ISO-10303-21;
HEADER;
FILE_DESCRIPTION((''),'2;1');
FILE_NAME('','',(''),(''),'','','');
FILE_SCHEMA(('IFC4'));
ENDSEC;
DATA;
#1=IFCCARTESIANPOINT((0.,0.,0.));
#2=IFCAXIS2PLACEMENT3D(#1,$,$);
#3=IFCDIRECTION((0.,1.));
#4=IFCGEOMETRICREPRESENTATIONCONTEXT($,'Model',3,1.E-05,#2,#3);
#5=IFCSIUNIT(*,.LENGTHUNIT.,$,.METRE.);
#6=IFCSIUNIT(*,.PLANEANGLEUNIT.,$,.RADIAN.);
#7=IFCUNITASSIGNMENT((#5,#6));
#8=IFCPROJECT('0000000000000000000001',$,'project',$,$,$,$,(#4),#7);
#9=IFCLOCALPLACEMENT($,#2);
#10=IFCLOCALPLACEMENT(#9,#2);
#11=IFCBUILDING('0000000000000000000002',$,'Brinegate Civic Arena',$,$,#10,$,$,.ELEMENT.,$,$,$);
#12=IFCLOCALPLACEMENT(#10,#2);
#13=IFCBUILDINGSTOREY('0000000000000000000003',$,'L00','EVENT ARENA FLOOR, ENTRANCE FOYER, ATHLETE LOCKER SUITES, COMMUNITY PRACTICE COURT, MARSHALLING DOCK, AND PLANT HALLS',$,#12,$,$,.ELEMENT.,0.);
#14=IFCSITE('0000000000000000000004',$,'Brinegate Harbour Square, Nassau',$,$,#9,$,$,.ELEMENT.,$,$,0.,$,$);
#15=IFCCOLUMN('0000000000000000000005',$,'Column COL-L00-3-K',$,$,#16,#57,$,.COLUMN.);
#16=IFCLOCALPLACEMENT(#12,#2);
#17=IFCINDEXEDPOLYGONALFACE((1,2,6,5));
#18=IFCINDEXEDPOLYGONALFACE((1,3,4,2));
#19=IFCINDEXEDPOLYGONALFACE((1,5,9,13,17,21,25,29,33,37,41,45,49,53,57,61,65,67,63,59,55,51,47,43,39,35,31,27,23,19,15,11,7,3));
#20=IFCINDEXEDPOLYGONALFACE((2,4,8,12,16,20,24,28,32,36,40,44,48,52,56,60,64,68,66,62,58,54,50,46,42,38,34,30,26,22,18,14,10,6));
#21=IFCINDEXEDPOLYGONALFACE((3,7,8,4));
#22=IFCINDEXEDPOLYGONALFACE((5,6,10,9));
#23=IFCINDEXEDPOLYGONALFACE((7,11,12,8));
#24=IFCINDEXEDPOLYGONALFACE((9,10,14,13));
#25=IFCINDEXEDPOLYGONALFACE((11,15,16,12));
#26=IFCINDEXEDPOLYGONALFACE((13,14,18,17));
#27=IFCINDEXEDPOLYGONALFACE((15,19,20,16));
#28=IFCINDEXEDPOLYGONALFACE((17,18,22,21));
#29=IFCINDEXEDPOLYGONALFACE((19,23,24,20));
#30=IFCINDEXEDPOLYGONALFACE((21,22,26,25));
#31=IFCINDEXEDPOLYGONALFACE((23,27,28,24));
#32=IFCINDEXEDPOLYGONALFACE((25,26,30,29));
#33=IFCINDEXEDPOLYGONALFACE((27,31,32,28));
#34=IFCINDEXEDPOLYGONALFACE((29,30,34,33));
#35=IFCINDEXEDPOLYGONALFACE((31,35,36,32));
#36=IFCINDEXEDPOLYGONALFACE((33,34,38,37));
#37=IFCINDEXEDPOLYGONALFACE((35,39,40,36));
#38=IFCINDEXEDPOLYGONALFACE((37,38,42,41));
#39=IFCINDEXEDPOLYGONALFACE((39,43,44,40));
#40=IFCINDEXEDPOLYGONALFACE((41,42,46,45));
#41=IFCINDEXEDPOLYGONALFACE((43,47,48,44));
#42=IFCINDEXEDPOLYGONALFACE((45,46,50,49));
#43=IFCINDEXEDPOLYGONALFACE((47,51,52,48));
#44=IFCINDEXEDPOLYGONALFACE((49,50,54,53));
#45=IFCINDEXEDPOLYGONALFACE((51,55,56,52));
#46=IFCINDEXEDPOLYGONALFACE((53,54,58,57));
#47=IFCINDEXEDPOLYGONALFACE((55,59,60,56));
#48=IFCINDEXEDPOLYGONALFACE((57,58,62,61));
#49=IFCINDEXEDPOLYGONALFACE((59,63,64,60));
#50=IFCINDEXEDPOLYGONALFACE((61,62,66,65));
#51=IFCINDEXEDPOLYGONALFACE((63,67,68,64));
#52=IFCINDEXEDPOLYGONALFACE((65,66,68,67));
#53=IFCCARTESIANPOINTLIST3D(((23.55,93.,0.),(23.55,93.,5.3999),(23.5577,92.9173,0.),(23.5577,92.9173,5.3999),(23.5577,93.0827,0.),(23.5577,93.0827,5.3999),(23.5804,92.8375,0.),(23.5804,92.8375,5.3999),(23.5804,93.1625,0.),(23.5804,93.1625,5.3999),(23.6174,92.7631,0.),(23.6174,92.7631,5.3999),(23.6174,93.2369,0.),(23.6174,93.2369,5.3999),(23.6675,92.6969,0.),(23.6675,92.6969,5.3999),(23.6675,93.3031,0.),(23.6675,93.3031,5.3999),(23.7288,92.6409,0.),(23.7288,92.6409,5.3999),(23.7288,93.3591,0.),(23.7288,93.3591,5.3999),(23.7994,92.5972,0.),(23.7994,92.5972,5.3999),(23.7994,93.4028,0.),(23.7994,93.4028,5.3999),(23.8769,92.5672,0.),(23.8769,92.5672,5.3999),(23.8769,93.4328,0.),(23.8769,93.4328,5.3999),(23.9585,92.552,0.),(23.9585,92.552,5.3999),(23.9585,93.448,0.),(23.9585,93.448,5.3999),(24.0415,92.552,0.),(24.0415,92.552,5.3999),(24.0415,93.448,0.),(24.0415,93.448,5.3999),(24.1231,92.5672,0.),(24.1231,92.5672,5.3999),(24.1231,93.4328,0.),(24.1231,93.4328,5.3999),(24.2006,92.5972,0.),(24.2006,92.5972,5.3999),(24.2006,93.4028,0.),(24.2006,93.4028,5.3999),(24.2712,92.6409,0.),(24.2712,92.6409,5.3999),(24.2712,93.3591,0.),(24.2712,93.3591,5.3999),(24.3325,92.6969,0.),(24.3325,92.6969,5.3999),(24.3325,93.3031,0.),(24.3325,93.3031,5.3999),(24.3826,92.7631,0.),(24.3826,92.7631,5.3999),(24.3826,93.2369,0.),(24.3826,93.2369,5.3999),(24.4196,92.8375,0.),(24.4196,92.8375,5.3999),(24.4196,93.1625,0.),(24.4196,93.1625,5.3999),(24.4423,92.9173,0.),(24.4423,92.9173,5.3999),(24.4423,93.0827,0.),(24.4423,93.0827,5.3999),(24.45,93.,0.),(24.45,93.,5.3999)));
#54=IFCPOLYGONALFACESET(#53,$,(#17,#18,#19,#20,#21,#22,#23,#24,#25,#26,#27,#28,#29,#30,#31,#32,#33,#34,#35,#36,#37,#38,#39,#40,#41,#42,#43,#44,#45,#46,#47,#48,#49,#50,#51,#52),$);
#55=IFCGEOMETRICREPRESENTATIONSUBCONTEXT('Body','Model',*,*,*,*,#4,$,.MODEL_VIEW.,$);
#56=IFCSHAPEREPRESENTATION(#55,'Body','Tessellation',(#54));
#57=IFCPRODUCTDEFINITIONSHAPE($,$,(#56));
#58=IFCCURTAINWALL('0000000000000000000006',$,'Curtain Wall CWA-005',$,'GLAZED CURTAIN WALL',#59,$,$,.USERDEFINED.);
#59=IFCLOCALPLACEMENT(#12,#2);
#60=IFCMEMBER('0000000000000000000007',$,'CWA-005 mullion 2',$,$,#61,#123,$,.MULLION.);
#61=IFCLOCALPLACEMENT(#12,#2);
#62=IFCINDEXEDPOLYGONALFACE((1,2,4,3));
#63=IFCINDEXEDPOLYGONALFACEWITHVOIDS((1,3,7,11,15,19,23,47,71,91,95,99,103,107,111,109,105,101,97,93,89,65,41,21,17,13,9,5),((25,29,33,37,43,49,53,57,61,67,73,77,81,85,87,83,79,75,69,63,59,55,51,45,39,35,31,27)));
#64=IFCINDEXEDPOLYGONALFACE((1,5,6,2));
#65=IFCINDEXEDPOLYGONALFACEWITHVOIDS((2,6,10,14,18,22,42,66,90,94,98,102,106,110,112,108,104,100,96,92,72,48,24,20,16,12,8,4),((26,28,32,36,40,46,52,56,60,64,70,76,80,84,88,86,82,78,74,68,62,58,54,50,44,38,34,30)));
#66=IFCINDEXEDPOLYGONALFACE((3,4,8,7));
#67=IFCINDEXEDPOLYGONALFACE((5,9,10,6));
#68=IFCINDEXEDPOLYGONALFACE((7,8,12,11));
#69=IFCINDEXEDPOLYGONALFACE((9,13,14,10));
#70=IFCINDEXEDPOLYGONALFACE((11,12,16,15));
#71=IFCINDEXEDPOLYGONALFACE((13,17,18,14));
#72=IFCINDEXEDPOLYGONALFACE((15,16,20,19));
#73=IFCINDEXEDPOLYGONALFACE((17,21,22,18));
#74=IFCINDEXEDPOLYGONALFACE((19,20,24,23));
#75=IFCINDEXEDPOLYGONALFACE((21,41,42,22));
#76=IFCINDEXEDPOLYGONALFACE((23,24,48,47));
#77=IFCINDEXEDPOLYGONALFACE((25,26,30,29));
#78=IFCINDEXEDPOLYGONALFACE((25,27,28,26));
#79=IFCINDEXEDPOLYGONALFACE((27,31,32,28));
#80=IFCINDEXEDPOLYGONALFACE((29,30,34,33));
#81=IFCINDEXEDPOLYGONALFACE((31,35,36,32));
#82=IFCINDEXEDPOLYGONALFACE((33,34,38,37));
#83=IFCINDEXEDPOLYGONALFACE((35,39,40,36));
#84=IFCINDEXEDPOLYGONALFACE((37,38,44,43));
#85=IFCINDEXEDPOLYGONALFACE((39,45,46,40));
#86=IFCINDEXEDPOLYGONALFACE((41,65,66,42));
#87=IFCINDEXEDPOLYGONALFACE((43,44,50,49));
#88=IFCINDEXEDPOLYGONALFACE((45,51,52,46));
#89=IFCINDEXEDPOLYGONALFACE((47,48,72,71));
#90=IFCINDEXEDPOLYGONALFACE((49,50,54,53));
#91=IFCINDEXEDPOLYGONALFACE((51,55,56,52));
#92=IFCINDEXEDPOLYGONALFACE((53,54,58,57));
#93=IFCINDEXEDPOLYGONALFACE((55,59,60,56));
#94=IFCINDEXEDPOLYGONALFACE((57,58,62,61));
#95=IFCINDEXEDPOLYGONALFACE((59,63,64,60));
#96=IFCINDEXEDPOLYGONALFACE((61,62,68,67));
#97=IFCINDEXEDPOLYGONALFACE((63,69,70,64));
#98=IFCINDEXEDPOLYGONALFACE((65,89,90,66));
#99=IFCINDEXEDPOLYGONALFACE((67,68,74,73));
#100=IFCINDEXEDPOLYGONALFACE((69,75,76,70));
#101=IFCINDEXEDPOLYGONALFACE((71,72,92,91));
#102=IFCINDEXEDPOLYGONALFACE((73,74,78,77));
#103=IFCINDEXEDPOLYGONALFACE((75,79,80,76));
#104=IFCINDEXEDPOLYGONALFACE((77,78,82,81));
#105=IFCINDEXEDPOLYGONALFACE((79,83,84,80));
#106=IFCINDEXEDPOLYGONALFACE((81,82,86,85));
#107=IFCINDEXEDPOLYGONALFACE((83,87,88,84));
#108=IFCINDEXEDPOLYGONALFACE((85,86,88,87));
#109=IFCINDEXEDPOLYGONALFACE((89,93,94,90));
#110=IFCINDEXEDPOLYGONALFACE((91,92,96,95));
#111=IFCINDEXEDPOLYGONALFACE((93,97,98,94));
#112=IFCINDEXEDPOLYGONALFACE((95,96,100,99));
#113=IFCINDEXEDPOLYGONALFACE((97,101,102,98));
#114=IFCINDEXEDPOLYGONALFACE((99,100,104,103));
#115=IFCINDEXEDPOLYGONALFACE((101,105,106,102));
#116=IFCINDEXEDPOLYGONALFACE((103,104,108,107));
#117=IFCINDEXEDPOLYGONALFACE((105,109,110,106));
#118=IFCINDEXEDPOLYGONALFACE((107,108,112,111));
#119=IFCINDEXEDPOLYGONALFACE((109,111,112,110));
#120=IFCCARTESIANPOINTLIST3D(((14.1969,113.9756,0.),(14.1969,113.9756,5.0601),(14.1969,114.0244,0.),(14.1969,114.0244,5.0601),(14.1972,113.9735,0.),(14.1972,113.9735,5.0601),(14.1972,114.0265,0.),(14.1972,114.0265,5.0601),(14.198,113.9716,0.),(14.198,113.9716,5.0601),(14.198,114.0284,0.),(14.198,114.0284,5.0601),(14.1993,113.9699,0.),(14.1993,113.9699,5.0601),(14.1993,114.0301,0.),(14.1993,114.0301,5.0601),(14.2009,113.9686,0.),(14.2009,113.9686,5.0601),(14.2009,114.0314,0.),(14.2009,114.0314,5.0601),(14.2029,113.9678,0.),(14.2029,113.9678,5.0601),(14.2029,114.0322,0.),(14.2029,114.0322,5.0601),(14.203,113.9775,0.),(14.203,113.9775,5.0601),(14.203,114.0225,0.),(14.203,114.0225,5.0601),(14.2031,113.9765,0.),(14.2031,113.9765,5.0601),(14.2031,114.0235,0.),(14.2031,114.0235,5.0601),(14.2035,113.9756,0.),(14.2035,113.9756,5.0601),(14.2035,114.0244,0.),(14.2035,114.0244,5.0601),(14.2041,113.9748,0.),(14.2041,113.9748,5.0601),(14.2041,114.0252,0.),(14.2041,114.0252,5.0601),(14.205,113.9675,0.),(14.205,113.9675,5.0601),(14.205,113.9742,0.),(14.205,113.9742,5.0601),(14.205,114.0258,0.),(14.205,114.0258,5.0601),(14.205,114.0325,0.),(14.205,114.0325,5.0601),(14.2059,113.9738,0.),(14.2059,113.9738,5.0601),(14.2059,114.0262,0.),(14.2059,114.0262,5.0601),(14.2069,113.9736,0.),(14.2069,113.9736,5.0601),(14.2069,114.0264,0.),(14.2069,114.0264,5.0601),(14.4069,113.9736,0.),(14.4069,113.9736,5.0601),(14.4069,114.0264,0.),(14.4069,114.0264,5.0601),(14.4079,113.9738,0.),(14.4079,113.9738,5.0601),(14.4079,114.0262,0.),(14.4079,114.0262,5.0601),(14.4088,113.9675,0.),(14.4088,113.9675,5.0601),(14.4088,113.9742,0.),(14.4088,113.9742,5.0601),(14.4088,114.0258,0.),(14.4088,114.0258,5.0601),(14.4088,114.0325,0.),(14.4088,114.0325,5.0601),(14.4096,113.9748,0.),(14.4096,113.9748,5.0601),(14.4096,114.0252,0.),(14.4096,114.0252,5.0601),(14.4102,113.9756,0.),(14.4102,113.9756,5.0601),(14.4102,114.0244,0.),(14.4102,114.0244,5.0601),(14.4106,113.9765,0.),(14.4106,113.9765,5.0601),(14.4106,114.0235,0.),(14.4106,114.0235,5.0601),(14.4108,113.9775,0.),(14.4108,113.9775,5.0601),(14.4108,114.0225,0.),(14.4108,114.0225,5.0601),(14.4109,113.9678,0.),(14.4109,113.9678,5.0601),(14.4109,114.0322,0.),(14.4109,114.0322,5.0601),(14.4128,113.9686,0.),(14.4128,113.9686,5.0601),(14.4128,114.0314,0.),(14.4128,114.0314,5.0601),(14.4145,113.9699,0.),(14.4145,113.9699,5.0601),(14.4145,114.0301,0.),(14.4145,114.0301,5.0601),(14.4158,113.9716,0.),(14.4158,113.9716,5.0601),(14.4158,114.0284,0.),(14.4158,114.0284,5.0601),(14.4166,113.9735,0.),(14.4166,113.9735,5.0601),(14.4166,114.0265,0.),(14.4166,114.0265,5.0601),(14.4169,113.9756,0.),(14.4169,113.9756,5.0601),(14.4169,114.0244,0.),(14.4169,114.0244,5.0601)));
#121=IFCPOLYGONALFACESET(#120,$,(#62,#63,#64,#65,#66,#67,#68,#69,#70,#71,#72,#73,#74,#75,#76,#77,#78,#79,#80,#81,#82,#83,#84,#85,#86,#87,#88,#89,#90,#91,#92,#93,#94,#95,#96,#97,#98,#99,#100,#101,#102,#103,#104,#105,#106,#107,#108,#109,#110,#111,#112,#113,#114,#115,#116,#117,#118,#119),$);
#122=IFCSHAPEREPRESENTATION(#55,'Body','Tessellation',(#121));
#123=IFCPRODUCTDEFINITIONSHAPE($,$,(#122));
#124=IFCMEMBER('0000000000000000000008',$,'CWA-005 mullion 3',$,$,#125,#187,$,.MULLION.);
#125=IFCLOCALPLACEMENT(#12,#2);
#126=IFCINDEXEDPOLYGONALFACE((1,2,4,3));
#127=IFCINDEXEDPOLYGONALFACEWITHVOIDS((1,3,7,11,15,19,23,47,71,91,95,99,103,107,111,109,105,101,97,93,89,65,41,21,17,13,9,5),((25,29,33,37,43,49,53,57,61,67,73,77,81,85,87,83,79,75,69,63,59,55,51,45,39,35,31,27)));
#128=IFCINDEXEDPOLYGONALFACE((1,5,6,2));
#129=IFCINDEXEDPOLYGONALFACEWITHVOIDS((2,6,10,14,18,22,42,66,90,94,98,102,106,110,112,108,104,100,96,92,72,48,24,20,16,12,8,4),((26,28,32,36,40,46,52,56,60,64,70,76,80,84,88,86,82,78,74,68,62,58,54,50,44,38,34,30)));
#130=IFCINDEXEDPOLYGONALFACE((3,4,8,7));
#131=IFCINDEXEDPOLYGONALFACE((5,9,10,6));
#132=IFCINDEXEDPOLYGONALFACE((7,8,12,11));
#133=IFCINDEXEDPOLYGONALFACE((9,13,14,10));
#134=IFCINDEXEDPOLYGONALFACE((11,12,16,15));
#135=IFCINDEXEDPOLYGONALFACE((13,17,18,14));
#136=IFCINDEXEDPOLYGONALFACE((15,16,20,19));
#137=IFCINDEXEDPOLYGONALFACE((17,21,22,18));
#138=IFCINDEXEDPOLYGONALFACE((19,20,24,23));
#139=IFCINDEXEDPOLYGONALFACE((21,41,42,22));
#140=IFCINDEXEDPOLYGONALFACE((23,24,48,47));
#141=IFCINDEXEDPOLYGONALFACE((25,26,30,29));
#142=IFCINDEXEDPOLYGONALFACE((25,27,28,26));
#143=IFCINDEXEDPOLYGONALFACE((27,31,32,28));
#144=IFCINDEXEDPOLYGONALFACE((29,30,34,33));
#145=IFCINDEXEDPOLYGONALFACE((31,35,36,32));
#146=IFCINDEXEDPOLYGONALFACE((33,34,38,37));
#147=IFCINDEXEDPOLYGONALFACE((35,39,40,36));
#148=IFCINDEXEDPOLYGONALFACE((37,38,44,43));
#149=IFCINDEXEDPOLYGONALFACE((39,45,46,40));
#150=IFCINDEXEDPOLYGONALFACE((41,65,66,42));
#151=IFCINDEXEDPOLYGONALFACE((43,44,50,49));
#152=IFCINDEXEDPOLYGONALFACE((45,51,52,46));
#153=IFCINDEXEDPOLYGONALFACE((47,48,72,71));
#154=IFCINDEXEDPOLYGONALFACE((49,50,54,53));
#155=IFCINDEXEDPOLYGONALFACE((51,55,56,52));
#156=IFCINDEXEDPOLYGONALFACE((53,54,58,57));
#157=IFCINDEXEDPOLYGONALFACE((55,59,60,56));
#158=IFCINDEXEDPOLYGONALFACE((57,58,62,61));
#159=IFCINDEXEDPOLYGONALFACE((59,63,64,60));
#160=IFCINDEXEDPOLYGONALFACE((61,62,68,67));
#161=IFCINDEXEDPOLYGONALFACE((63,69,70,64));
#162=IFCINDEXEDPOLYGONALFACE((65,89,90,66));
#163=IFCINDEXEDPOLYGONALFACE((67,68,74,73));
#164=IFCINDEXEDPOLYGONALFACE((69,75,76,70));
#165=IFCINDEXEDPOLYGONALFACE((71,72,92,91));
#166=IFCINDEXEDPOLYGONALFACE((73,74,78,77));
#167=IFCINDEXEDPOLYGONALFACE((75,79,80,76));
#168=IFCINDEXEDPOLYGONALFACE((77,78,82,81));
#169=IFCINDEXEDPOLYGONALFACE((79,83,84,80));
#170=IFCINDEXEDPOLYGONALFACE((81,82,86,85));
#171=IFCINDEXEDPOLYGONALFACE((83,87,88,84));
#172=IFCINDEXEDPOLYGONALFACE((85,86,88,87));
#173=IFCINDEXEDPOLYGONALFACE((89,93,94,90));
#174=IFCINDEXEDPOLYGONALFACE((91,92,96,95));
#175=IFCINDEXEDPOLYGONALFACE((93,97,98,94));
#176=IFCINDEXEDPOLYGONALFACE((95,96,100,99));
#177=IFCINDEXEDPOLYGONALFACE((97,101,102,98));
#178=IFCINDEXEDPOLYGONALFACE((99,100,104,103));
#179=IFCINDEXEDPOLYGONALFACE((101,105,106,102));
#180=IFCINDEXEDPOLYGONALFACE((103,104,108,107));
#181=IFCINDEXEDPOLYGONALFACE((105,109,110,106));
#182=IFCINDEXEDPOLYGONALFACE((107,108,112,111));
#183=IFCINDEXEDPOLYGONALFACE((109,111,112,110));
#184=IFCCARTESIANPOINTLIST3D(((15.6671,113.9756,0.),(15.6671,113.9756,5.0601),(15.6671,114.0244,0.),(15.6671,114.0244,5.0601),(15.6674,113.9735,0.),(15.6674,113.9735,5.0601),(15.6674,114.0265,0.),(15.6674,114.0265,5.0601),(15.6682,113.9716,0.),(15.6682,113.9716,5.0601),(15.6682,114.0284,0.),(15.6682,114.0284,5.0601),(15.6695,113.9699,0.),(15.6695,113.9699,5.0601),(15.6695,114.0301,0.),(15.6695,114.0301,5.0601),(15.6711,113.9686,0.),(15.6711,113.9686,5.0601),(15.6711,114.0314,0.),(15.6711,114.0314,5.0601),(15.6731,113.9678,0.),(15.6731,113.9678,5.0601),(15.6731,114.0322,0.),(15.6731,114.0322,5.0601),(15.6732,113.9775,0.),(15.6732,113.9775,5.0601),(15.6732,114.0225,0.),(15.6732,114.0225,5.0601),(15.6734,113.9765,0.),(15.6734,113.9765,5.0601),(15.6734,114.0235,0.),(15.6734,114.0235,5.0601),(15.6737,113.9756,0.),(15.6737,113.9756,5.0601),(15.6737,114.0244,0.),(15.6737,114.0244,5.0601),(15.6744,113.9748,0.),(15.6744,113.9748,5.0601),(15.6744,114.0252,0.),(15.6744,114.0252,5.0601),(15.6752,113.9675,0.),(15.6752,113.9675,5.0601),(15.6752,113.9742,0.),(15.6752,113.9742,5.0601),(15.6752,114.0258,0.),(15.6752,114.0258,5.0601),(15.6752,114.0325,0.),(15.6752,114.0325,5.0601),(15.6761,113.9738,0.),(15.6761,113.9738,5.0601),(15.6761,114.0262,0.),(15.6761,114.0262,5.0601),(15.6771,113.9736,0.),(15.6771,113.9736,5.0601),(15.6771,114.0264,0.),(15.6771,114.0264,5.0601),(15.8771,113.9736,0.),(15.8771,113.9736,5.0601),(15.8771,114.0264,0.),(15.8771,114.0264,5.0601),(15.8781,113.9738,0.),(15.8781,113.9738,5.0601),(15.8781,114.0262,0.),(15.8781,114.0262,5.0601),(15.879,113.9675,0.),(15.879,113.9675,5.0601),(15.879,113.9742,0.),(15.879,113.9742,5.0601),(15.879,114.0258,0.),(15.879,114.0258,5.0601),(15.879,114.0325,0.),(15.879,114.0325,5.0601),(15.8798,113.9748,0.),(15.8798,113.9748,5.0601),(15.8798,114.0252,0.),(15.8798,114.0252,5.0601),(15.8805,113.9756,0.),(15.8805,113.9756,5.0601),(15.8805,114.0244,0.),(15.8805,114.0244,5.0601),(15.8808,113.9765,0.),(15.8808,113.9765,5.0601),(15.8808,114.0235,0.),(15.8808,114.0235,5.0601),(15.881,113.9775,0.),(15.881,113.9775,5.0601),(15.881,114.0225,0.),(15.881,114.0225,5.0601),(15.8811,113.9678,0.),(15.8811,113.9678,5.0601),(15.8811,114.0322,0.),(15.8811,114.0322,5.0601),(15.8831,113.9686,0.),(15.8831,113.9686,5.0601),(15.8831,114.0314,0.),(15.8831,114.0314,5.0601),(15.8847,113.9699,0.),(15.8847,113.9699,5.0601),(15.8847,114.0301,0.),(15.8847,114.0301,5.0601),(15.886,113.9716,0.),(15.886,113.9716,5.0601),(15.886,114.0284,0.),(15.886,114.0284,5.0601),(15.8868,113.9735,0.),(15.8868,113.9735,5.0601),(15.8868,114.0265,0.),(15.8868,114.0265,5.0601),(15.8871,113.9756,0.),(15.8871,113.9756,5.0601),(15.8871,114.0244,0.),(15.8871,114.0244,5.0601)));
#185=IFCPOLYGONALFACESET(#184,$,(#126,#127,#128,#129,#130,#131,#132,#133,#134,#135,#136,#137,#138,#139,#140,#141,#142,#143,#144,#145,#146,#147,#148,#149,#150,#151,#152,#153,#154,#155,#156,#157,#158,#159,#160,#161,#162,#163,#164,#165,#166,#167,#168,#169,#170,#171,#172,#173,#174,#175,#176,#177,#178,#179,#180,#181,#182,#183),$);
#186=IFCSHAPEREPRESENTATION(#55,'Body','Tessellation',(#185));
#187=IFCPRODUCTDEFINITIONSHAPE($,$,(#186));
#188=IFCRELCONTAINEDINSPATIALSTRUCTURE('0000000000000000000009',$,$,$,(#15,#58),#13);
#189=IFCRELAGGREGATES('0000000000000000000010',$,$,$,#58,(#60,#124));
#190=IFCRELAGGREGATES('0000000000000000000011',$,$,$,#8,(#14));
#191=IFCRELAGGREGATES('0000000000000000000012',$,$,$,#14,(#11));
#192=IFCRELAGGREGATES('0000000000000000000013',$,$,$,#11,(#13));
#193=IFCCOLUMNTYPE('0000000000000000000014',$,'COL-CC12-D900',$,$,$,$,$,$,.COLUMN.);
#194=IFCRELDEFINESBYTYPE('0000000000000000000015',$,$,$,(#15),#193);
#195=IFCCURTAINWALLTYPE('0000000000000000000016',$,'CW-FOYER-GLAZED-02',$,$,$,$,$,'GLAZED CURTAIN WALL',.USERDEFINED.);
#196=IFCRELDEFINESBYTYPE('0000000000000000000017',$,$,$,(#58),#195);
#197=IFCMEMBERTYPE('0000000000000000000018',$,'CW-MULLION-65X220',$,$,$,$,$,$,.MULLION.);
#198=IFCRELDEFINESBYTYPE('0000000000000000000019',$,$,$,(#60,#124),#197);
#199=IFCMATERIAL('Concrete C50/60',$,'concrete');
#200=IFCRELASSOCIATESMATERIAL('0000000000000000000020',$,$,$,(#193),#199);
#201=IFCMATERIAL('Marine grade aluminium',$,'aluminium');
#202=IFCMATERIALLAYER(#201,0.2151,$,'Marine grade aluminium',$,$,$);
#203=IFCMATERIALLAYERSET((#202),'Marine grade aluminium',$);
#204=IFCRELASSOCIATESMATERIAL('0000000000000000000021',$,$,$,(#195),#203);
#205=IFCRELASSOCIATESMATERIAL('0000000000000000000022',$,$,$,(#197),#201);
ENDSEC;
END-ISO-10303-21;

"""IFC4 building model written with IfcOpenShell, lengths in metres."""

from ifc_helpers import new_model, si_unit, direction, frame, origin, origin_2d, place, context, subcontext, project, spatial, hollow_rectangle, circle, extrude, material, layer, layer_set, material_profile, profile_set, type_object, element, aggregate, save


model = new_model("IFC4")

# Units and contexts
model_context = context("Model", 3, precision=1e-05, world=origin(), true_north=direction((0.0, 1.0)))
body_context = subcontext(model_context, "Body", "Model", "MODEL_VIEW")
ifc_project = project(units=[si_unit("LENGTHUNIT", "METRE"), si_unit("PLANEANGLEUNIT", "RADIAN")], contexts=[model_context])

# Site, building, storey
site_placement = place(None, origin())
site = spatial("IfcSite", under=ifc_project, at=site_placement, Name="Brinegate Harbour Square, Nassau", CompositionType="ELEMENT", RefElevation=0.0)
building_placement = place(site_placement, origin())
building = spatial("IfcBuilding", under=site, at=building_placement, Name="Brinegate Civic Arena", CompositionType="ELEMENT")
storey_placement = place(building_placement, origin())
storey = spatial("IfcBuildingStorey", under=building, at=storey_placement, Name="L00", Description="EVENT ARENA FLOOR, ENTRANCE FOYER, ATHLETE LOCKER SUITES, COMMUNITY PRACTICE COURT, MARSHALLING DOCK, AND PLANT HALLS", CompositionType="ELEMENT", Elevation=0.0)

# Column
ifc_material_1 = material(Name="Concrete C50/60", Category="concrete")
ifc_material_profile_1 = material_profile(ifc_material_1, circle(Radius=0.45, at=origin_2d()), Name="RCD900")
ifc_profile_set_1 = profile_set([ifc_material_profile_1], Name="Concrete C50/60")
column_type_1 = type_object("IfcColumnType", Name="COL-CC12-D900", PredefinedType="COLUMN", material=ifc_profile_set_1)
column_1_placement = place(storey_placement, frame((24.0, 93.0, 0.0), z_axis=(0.0, 0.0, 1.0), x_axis=(1.0, 0.0, 0.0)))
element("IfcColumn", 1, at=column_1_placement, inside=storey, type_object=column_type_1, Name="Column COL-L00-3-K", PredefinedType="COLUMN", context=body_context, shape_type="SweptSolid", body=[
    extrude(circle(Radius=0.45, at=origin_2d()), origin(), (0.0, 0.0, 1.0), 5.3999),
])

# Curtain wall, members
ifc_material_2 = material(Name="Marine grade aluminium", Category="aluminium")
ifc_layer_1 = layer(ifc_material_2, 0.2151, Name="Marine grade aluminium")
ifc_layer_set_1 = layer_set([ifc_layer_1], Name="Marine grade aluminium")
curtain_wall_type = type_object("IfcCurtainWallType", Name="CW-FOYER-GLAZED-02", ElementType="GLAZED CURTAIN WALL", PredefinedType="USERDEFINED", material=ifc_layer_set_1)
curtain_wall_placement = place(storey_placement, origin())
curtain_wall = element("IfcCurtainWall", 2, at=curtain_wall_placement, inside=storey, type_object=curtain_wall_type, Name="Curtain Wall CWA-005", ObjectType="GLAZED CURTAIN WALL", PredefinedType="USERDEFINED")
ifc_material_profile_2 = material_profile(ifc_material_2, hollow_rectangle(XDim=0.0649, YDim=0.22, WallThickness=0.0061, InnerFilletRadius=0.0039, OuterFilletRadius=0.0081, at=origin_2d()), Name="MUL65X220")
ifc_profile_set_2 = profile_set([ifc_material_profile_2], Name="Marine grade aluminium")
member_type_1 = type_object("IfcMemberType", Name="CW-MULLION-65X220", PredefinedType="MULLION", material=ifc_profile_set_2)
member_1_placement = place(storey_placement, frame((14.3069, 114.0, 0.0), z_axis=(0.0, 0.0, 1.0), x_axis=(0.0, 1.0, 0.0)))
member_1 = element("IfcMember", 3, at=member_1_placement, type_object=member_type_1, Name="CWA-005 mullion 2", PredefinedType="MULLION", context=body_context, shape_type="SweptSolid", body=[
    extrude(hollow_rectangle(XDim=0.0649, YDim=0.22, WallThickness=0.0061, InnerFilletRadius=0.0039, OuterFilletRadius=0.0081, at=origin_2d()), origin(), (0.0, 0.0, 1.0), 5.0601),
])
member_2_placement = place(storey_placement, frame((15.7771, 114.0, 0.0), z_axis=(0.0, 0.0, 1.0), x_axis=(0.0, 1.0, 0.0)))
member_2 = element("IfcMember", 4, at=member_2_placement, type_object=member_type_1, Name="CWA-005 mullion 3", PredefinedType="MULLION", context=body_context, shape_type="SweptSolid", body=[
    extrude(hollow_rectangle(XDim=0.0649, YDim=0.22, WallThickness=0.0061, InnerFilletRadius=0.0039, OuterFilletRadius=0.0081, at=origin_2d()), origin(), (0.0, 0.0, 1.0), 5.0601),
])
aggregate(curtain_wall, [member_1, member_2])

save(model, "model.ifc")
